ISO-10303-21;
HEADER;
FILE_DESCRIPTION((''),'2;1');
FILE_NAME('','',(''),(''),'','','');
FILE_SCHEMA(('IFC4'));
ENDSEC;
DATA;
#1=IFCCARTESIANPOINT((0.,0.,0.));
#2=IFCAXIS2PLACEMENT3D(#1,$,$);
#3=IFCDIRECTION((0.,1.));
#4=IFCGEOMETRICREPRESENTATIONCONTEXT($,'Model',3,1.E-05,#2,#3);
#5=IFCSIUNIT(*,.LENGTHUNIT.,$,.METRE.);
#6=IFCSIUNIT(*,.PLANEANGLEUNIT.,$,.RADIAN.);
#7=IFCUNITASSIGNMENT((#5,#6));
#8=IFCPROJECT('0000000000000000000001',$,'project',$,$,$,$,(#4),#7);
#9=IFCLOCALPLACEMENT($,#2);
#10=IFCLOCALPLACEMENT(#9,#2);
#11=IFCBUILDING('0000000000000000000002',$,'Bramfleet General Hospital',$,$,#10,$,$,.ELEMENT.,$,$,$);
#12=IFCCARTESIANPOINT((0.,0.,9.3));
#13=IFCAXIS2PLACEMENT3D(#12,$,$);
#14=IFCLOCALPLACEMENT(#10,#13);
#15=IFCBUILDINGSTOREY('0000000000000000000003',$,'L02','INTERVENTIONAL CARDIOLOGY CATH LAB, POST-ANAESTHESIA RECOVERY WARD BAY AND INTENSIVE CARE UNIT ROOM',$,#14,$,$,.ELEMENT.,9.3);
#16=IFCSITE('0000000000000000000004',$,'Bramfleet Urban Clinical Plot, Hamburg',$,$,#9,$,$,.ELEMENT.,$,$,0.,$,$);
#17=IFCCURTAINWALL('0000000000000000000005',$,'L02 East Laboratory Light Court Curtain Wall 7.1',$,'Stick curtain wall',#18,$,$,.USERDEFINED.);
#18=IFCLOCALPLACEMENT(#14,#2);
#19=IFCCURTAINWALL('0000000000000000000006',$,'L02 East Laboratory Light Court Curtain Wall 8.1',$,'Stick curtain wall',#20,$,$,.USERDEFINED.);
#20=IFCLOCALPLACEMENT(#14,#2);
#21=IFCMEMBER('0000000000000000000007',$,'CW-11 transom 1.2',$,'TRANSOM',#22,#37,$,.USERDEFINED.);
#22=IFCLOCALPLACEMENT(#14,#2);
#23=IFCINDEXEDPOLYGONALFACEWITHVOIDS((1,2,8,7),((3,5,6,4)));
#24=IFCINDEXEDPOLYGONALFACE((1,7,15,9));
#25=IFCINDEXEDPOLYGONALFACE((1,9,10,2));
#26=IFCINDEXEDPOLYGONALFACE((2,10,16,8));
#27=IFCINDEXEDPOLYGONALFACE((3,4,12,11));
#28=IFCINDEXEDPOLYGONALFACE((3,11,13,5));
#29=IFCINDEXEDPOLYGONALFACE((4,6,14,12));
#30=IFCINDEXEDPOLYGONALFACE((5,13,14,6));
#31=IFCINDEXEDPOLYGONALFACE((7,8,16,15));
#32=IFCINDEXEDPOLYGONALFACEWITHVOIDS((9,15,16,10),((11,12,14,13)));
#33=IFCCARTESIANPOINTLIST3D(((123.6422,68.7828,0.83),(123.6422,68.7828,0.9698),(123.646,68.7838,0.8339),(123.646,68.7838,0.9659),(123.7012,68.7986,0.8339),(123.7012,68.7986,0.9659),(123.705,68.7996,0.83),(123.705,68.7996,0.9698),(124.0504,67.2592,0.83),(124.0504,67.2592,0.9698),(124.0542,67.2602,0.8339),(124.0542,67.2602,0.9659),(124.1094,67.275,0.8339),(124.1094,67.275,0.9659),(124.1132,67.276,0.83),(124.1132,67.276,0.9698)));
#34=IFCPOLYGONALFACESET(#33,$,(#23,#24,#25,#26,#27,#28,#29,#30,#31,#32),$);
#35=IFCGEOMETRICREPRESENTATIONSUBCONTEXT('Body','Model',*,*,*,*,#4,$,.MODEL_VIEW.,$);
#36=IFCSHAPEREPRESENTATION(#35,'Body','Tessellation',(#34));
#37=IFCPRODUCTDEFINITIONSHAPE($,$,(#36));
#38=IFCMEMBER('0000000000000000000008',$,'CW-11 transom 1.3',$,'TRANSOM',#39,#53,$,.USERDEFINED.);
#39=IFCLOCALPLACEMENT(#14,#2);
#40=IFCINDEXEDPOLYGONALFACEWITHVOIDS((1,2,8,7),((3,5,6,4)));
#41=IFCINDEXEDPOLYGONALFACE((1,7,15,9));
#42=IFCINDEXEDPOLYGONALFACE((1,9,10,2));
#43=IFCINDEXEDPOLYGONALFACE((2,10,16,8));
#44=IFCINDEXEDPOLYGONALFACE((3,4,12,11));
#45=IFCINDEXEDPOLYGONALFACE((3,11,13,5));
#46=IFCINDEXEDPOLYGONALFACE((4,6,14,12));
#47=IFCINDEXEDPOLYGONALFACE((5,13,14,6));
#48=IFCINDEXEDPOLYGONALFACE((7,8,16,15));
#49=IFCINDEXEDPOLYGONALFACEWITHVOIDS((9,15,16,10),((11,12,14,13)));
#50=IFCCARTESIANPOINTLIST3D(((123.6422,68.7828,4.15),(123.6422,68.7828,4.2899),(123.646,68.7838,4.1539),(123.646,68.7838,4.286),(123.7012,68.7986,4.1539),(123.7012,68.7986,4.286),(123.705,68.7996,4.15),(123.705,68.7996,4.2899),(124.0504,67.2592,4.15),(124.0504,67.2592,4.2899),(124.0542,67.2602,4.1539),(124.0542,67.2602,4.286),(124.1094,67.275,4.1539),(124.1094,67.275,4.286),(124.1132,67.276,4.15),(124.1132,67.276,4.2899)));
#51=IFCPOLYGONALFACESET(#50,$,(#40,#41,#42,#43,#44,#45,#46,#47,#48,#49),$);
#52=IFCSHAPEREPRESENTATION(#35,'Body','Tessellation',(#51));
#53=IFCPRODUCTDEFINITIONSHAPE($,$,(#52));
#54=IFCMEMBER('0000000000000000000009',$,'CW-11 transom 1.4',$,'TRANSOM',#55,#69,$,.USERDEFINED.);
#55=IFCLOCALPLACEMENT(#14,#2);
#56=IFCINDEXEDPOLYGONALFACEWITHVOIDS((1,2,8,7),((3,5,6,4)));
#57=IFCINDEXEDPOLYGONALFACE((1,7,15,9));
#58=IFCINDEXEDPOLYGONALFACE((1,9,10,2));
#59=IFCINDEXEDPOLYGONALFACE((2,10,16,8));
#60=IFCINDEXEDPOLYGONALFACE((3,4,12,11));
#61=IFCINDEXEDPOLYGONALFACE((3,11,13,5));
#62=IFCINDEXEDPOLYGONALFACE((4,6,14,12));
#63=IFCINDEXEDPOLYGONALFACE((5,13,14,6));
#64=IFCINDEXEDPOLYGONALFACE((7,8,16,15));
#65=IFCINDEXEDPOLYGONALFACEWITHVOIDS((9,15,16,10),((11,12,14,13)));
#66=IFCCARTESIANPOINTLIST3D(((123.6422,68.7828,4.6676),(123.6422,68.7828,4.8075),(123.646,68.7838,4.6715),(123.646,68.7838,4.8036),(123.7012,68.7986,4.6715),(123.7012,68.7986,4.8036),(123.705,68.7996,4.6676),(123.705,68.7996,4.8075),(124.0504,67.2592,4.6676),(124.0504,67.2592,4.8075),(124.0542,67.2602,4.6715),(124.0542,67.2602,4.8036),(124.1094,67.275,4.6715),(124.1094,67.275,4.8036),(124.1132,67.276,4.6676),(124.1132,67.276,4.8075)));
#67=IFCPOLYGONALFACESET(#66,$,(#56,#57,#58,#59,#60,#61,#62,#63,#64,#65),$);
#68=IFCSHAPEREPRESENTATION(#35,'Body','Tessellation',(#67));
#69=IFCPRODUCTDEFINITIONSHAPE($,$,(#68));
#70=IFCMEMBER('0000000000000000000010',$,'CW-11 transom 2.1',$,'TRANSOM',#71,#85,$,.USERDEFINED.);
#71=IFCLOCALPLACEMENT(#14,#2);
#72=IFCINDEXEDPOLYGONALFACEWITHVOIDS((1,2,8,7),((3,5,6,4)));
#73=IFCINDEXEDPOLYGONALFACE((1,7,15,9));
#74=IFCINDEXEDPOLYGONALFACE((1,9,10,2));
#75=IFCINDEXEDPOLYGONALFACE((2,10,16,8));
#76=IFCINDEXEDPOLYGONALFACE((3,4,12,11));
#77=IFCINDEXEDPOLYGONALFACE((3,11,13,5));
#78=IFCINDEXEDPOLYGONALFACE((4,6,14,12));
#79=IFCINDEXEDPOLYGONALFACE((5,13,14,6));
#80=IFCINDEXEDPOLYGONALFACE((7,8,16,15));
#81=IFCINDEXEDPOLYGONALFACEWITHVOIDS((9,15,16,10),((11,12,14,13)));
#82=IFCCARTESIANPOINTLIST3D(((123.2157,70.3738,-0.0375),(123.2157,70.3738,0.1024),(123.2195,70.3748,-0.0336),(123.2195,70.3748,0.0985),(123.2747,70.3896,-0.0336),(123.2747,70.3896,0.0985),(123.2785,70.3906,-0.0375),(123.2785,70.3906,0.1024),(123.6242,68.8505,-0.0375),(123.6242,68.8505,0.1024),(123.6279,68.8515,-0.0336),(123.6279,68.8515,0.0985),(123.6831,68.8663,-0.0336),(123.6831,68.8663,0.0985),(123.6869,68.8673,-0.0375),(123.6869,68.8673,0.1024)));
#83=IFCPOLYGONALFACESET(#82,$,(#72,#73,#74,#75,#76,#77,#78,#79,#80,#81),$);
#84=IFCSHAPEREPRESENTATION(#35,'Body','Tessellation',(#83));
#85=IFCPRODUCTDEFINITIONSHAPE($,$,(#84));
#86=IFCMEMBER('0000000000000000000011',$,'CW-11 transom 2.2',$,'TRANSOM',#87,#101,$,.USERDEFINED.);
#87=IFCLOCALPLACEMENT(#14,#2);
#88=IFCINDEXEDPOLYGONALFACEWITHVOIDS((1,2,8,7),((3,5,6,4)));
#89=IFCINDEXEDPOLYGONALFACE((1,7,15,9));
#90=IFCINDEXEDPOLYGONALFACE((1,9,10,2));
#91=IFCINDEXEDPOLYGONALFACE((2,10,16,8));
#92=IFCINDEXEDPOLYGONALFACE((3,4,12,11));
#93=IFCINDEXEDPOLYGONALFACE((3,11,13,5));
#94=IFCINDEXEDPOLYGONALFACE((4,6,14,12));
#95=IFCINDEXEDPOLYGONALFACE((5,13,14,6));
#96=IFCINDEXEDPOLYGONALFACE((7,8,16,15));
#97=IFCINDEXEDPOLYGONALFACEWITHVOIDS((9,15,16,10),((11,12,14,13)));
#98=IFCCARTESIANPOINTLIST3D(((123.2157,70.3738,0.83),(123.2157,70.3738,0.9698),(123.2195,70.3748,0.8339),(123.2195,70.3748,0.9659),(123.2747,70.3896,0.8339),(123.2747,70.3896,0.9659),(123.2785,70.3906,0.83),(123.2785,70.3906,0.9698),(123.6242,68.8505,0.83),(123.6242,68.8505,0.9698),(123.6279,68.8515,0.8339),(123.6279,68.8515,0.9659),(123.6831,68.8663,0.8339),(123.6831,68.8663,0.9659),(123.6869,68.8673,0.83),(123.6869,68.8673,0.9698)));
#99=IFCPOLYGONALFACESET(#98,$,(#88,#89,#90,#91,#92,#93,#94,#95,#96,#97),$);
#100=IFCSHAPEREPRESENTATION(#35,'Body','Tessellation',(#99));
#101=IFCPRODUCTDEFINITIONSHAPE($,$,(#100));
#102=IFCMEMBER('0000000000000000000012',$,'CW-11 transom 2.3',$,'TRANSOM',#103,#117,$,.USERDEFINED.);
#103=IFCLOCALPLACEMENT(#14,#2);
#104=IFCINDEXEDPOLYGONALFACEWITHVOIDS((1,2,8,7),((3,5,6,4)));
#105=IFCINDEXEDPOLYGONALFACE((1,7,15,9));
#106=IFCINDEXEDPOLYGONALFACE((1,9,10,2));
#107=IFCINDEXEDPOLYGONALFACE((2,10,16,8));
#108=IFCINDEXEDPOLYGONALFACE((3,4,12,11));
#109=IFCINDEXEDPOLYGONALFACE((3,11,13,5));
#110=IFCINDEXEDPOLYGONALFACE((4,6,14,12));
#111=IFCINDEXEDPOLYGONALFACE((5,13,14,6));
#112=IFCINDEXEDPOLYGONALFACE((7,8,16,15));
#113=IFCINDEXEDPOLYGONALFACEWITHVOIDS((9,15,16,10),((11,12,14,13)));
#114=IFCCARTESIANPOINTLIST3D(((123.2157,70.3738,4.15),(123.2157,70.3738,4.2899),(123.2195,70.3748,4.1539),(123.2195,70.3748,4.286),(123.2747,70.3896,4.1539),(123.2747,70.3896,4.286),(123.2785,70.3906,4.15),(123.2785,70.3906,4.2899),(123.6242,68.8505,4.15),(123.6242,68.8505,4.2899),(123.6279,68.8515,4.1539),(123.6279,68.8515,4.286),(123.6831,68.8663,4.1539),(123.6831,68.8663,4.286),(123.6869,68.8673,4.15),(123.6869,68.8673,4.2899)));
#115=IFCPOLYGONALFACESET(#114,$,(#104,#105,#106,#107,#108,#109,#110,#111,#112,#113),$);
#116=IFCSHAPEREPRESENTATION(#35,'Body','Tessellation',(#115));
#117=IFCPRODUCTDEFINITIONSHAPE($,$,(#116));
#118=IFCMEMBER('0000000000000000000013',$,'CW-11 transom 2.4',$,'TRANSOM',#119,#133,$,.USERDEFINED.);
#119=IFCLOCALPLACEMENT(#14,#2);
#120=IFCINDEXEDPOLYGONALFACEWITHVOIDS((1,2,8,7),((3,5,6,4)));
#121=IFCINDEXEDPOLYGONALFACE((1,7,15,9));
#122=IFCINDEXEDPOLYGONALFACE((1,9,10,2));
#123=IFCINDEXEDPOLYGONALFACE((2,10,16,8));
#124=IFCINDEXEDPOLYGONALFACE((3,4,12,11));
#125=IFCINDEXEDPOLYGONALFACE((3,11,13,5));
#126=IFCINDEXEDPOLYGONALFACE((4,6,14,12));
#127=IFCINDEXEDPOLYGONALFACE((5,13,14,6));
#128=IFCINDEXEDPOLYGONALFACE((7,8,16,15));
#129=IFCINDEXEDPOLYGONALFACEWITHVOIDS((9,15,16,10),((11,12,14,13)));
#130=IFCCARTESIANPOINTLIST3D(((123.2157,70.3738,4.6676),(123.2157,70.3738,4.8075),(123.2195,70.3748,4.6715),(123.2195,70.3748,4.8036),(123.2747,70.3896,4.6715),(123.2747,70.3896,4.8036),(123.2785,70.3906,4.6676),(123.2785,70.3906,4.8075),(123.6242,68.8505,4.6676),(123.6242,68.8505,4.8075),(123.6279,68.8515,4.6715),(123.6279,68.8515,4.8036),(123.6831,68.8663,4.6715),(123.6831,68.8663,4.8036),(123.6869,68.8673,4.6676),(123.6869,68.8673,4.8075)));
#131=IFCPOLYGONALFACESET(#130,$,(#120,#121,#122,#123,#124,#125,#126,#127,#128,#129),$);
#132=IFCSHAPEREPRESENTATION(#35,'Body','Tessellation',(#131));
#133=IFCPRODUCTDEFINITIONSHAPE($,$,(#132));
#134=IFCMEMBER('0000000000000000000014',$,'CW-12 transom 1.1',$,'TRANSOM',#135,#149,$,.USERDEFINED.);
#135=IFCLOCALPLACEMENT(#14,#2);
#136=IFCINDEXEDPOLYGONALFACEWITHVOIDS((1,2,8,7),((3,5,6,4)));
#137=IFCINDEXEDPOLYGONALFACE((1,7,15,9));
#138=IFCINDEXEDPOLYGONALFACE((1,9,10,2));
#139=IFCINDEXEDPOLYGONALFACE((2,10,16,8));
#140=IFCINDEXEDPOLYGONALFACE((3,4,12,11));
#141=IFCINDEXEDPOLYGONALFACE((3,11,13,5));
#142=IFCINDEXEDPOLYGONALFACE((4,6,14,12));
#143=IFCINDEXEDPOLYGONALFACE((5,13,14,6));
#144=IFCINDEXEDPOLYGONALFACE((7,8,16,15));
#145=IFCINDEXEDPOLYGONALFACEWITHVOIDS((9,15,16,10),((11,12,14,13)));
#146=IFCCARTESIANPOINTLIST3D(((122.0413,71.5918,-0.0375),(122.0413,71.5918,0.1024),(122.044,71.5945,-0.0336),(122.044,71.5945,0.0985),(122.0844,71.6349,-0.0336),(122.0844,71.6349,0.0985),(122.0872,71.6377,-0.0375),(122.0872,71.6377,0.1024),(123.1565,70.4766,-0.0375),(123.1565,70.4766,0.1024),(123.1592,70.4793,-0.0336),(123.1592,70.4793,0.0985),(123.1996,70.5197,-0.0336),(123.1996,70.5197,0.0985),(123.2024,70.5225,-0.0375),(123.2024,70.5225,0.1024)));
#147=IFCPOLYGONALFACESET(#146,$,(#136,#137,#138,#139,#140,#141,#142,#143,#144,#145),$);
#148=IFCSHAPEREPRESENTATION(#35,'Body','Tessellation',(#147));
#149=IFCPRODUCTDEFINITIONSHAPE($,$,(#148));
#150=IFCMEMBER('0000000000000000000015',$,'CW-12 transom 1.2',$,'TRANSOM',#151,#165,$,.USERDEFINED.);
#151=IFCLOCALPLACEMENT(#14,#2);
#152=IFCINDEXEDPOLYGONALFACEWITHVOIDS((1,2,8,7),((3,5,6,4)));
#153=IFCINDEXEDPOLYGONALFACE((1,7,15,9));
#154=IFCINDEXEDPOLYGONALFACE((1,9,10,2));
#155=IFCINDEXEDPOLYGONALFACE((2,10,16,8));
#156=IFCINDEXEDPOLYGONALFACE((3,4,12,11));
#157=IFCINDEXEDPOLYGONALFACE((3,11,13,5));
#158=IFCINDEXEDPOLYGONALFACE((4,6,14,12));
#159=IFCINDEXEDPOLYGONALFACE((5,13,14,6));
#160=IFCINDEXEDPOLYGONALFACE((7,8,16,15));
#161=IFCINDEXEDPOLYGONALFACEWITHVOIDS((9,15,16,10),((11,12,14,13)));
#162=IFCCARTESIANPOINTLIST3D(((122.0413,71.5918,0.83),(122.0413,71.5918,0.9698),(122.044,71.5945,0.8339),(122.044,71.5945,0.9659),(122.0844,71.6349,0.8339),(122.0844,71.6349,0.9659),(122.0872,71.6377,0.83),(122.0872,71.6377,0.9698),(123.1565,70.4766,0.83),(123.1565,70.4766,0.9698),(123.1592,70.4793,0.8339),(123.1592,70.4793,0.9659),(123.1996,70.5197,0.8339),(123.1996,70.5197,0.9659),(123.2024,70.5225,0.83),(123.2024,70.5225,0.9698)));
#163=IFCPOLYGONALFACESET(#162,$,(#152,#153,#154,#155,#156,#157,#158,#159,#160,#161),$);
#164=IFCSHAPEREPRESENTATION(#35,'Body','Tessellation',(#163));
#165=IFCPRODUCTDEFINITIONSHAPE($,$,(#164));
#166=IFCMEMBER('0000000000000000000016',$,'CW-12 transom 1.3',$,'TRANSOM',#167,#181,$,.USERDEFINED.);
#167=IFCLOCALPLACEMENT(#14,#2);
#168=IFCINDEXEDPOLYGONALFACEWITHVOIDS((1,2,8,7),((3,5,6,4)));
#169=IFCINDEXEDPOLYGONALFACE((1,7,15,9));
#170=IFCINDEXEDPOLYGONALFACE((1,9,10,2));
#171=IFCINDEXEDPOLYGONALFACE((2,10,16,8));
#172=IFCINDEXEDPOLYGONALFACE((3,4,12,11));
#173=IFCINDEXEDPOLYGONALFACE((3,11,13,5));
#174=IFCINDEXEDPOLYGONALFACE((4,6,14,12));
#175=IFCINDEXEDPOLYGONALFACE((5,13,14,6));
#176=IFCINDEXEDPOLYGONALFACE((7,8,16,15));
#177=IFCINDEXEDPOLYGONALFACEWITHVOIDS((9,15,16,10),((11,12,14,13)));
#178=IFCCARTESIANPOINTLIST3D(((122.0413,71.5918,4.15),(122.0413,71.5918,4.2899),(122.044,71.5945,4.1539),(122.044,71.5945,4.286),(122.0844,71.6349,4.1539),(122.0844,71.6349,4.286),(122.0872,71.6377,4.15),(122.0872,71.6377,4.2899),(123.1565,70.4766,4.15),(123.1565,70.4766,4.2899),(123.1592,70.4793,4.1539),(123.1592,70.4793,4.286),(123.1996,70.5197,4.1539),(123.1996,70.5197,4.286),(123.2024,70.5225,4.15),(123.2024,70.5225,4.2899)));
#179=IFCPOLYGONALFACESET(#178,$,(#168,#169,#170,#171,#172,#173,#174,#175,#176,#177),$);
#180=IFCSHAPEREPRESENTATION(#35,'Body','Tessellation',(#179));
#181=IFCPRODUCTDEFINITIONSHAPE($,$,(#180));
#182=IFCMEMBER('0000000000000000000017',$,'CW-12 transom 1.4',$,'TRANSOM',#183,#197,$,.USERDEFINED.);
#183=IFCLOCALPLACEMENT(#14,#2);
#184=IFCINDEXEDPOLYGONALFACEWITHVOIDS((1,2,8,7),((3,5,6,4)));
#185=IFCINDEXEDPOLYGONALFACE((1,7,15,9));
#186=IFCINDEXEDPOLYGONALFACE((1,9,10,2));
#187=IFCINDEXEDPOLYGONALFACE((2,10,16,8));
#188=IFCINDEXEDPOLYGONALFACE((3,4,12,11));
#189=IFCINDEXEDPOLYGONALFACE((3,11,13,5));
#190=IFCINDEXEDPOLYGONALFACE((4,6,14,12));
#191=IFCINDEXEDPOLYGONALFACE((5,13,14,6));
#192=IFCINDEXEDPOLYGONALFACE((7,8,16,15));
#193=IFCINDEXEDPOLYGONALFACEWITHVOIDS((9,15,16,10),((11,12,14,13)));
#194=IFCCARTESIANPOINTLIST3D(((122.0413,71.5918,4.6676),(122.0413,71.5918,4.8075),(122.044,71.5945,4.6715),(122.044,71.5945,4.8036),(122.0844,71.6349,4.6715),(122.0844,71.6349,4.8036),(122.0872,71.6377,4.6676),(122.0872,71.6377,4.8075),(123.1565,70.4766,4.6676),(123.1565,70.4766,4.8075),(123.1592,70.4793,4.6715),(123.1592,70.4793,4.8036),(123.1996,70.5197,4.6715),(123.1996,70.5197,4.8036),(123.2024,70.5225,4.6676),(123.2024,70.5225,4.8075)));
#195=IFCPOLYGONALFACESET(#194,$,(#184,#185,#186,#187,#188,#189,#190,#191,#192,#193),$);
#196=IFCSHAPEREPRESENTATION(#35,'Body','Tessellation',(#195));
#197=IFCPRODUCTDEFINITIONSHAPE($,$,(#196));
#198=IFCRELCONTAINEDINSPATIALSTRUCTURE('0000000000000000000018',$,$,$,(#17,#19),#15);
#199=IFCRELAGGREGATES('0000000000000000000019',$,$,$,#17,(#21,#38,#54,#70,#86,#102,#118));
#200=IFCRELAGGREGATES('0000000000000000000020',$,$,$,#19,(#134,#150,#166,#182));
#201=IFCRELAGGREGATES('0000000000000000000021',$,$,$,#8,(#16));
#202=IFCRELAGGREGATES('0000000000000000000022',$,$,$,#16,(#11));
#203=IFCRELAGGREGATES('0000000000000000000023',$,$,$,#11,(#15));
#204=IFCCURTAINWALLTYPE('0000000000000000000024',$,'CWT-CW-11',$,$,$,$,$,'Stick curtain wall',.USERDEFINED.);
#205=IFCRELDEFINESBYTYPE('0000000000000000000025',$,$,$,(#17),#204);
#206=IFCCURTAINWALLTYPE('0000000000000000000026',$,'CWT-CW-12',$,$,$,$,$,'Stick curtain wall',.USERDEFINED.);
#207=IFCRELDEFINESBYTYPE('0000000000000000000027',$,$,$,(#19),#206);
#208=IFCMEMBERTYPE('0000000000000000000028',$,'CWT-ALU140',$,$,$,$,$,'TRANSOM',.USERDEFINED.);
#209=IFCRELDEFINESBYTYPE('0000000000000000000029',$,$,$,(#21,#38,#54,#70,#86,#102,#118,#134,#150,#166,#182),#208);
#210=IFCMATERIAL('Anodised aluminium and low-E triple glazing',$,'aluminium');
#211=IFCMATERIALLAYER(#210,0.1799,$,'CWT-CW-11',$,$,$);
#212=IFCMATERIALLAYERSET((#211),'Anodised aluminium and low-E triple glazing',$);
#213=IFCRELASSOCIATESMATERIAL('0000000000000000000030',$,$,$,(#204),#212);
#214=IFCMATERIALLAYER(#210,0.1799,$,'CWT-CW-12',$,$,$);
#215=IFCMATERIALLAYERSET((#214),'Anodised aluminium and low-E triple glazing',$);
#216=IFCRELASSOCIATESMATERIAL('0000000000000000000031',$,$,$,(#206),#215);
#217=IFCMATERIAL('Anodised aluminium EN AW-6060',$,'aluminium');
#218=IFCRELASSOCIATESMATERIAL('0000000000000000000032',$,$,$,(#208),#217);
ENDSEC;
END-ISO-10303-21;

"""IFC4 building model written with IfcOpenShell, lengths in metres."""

from ifc_helpers import new_model, si_unit, direction, frame, origin, origin_2d, place, context, subcontext, project, spatial, hollow_rectangle, extrude, material, layer, layer_set, material_profile, profile_set, type_object, element, aggregate, save


model = new_model("IFC4")

# Units and contexts
model_context = context("Model", 3, precision=1e-05, world=origin(), true_north=direction((0.0, 1.0)))
body_context = subcontext(model_context, "Body", "Model", "MODEL_VIEW")
ifc_project = project(units=[si_unit("LENGTHUNIT", "METRE"), si_unit("PLANEANGLEUNIT", "RADIAN")], contexts=[model_context])

# Site, building, storey
site_placement = place(None, origin())
site = spatial("IfcSite", under=ifc_project, at=site_placement, Name="Bramfleet Urban Clinical Plot, Hamburg", CompositionType="ELEMENT", RefElevation=0.0)
building_placement = place(site_placement, origin())
building = spatial("IfcBuilding", under=site, at=building_placement, Name="Bramfleet General Hospital", CompositionType="ELEMENT")
storey_placement = place(building_placement, frame((0.0, 0.0, 9.3)))
storey = spatial("IfcBuildingStorey", under=building, at=storey_placement, Name="L02", Description="INTERVENTIONAL CARDIOLOGY CATH LAB, POST-ANAESTHESIA RECOVERY WARD BAY AND INTENSIVE CARE UNIT ROOM", CompositionType="ELEMENT", Elevation=9.3)

# Curtain walls
ifc_material_1 = material(Name="Anodised aluminium and low-E triple glazing", Category="aluminium")
ifc_layer_1 = layer(ifc_material_1, 0.1799, Name="CWT-CW-11")
ifc_layer_set_1 = layer_set([ifc_layer_1], Name="Anodised aluminium and low-E triple glazing")
curtain_wall_type_1 = type_object("IfcCurtainWallType", Name="CWT-CW-11", ElementType="Stick curtain wall", PredefinedType="USERDEFINED", material=ifc_layer_set_1)
curtain_wall_1_placement = place(storey_placement, origin())
curtain_wall_1 = element("IfcCurtainWall", 1, at=curtain_wall_1_placement, inside=storey, type_object=curtain_wall_type_1, Name="L02 East Laboratory Light Court Curtain Wall 7.1", ObjectType="Stick curtain wall", PredefinedType="USERDEFINED")
ifc_material_2 = material(Name="Anodised aluminium EN AW-6060", Category="aluminium")
ifc_layer_2 = layer(ifc_material_1, 0.1799, Name="CWT-CW-12")
ifc_layer_set_2 = layer_set([ifc_layer_2], Name="Anodised aluminium and low-E triple glazing")
curtain_wall_type_2 = type_object("IfcCurtainWallType", Name="CWT-CW-12", ElementType="Stick curtain wall", PredefinedType="USERDEFINED", material=ifc_layer_set_2)
curtain_wall_2_placement = place(storey_placement, origin())
curtain_wall_2 = element("IfcCurtainWall", 2, at=curtain_wall_2_placement, inside=storey, type_object=curtain_wall_type_2, Name="L02 East Laboratory Light Court Curtain Wall 8.1", ObjectType="Stick curtain wall", PredefinedType="USERDEFINED")

# Members
ifc_material_profile_1 = material_profile(ifc_material_2, hollow_rectangle(XDim=0.0649, YDim=0.1399, WallThickness=0.0039, at=origin_2d()), Name="ALU 140x65x4.0")
ifc_profile_set_1 = profile_set([ifc_material_profile_1], Name="Anodised aluminium EN AW-6060")
member_type_1 = type_object("IfcMemberType", Name="CWT-ALU140", ElementType="TRANSOM", PredefinedType="USERDEFINED", material=ifc_profile_set_1)
member_1_placement = place(storey_placement, frame((124.0818, 67.2676, 0.8999), z_axis=(-0.25878, 0.965936, 0.0), x_axis=(-0.965936, -0.25878, 0.0)))
member_1 = element("IfcMember", 3, at=member_1_placement, type_object=member_type_1, Name="CW-11 transom 1.2", ObjectType="TRANSOM", PredefinedType="USERDEFINED", context=body_context, shape_type="SweptSolid", body=[
    extrude(hollow_rectangle(XDim=0.0649, YDim=0.1399, WallThickness=0.0039, at=origin_2d()), origin(), (0.0, 0.0, 1.0), 1.5774),
])
member_2_placement = place(storey_placement, frame((124.0818, 67.2676, 4.22), z_axis=(-0.25878, 0.965936, 0.0), x_axis=(-0.965936, -0.25878, 0.0)))
member_2 = element("IfcMember", 4, at=member_2_placement, type_object=member_type_1, Name="CW-11 transom 1.3", ObjectType="TRANSOM", PredefinedType="USERDEFINED", context=body_context, shape_type="SweptSolid", body=[
    extrude(hollow_rectangle(XDim=0.0649, YDim=0.1399, WallThickness=0.0039, at=origin_2d()), origin(), (0.0, 0.0, 1.0), 1.5774),
])
member_3_placement = place(storey_placement, frame((124.0818, 67.2676, 4.7375), z_axis=(-0.25878, 0.965936, 0.0), x_axis=(-0.965936, -0.25878, 0.0)))
member_3 = element("IfcMember", 5, at=member_3_placement, type_object=member_type_1, Name="CW-11 transom 1.4", ObjectType="TRANSOM", PredefinedType="USERDEFINED", context=body_context, shape_type="SweptSolid", body=[
    extrude(hollow_rectangle(XDim=0.0649, YDim=0.1399, WallThickness=0.0039, at=origin_2d()), origin(), (0.0, 0.0, 1.0), 1.5774),
])
member_4_placement = place(storey_placement, frame((123.6555, 68.8589, 0.0325), z_axis=(-0.258963, 0.965887, 0.0), x_axis=(-0.965887, -0.258963, 0.0)))
member_4 = element("IfcMember", 6, at=member_4_placement, type_object=member_type_1, Name="CW-11 transom 2.1", ObjectType="TRANSOM", PredefinedType="USERDEFINED", context=body_context, shape_type="SweptSolid", body=[
    extrude(hollow_rectangle(XDim=0.0649, YDim=0.1399, WallThickness=0.0039, at=origin_2d()), origin(), (0.0, 0.0, 1.0), 1.5771),
])
member_5_placement = place(storey_placement, frame((123.6555, 68.8589, 0.8999), z_axis=(-0.258963, 0.965887, 0.0), x_axis=(-0.965887, -0.258963, 0.0)))
member_5 = element("IfcMember", 7, at=member_5_placement, type_object=member_type_1, Name="CW-11 transom 2.2", ObjectType="TRANSOM", PredefinedType="USERDEFINED", context=body_context, shape_type="SweptSolid", body=[
    extrude(hollow_rectangle(XDim=0.0649, YDim=0.1399, WallThickness=0.0039, at=origin_2d()), origin(), (0.0, 0.0, 1.0), 1.5771),
])
member_6_placement = place(storey_placement, frame((123.6555, 68.8589, 4.22), z_axis=(-0.258963, 0.965887, 0.0), x_axis=(-0.965887, -0.258963, 0.0)))
member_6 = element("IfcMember", 8, at=member_6_placement, type_object=member_type_1, Name="CW-11 transom 2.3", ObjectType="TRANSOM", PredefinedType="USERDEFINED", context=body_context, shape_type="SweptSolid", body=[
    extrude(hollow_rectangle(XDim=0.0649, YDim=0.1399, WallThickness=0.0039, at=origin_2d()), origin(), (0.0, 0.0, 1.0), 1.5771),
])
member_7_placement = place(storey_placement, frame((123.6555, 68.8589, 4.7375), z_axis=(-0.258963, 0.965887, 0.0), x_axis=(-0.965887, -0.258963, 0.0)))
member_7 = element("IfcMember", 9, at=member_7_placement, type_object=member_type_1, Name="CW-11 transom 2.4", ObjectType="TRANSOM", PredefinedType="USERDEFINED", context=body_context, shape_type="SweptSolid", body=[
    extrude(hollow_rectangle(XDim=0.0649, YDim=0.1399, WallThickness=0.0039, at=origin_2d()), origin(), (0.0, 0.0, 1.0), 1.5771),
])
member_8_placement = place(storey_placement, frame((123.1794, 70.4995, 0.0325), z_axis=(-0.707107, 0.707107, 0.0), x_axis=(-0.707107, -0.707107, 0.0)))
member_8 = element("IfcMember", 10, at=member_8_placement, type_object=member_type_1, Name="CW-12 transom 1.1", ObjectType="TRANSOM", PredefinedType="USERDEFINED", context=body_context, shape_type="SweptSolid", body=[
    extrude(hollow_rectangle(XDim=0.0649, YDim=0.1399, WallThickness=0.0039, at=origin_2d()), origin(), (0.0, 0.0, 1.0), 1.5771),
])
member_9_placement = place(storey_placement, frame((123.1794, 70.4995, 0.8999), z_axis=(-0.707107, 0.707107, 0.0), x_axis=(-0.707107, -0.707107, 0.0)))
member_9 = element("IfcMember", 11, at=member_9_placement, type_object=member_type_1, Name="CW-12 transom 1.2", ObjectType="TRANSOM", PredefinedType="USERDEFINED", context=body_context, shape_type="SweptSolid", body=[
    extrude(hollow_rectangle(XDim=0.0649, YDim=0.1399, WallThickness=0.0039, at=origin_2d()), origin(), (0.0, 0.0, 1.0), 1.5771),
])
member_10_placement = place(storey_placement, frame((123.1794, 70.4995, 4.22), z_axis=(-0.707107, 0.707107, 0.0), x_axis=(-0.707107, -0.707107, 0.0)))
member_10 = element("IfcMember", 12, at=member_10_placement, type_object=member_type_1, Name="CW-12 transom 1.3", ObjectType="TRANSOM", PredefinedType="USERDEFINED", context=body_context, shape_type="SweptSolid", body=[
    extrude(hollow_rectangle(XDim=0.0649, YDim=0.1399, WallThickness=0.0039, at=origin_2d()), origin(), (0.0, 0.0, 1.0), 1.5771),
])
member_11_placement = place(storey_placement, frame((123.1794, 70.4995, 4.7375), z_axis=(-0.707107, 0.707107, 0.0), x_axis=(-0.707107, -0.707107, 0.0)))
member_11 = element("IfcMember", 13, at=member_11_placement, type_object=member_type_1, Name="CW-12 transom 1.4", ObjectType="TRANSOM", PredefinedType="USERDEFINED", context=body_context, shape_type="SweptSolid", body=[
    extrude(hollow_rectangle(XDim=0.0649, YDim=0.1399, WallThickness=0.0039, at=origin_2d()), origin(), (0.0, 0.0, 1.0), 1.5771),
])

aggregate(curtain_wall_1, [member_1, member_2, member_3, member_4, member_5, member_6, member_7])
aggregate(curtain_wall_2, [member_8, member_9, member_10, member_11])

save(model, "model.ifc")
